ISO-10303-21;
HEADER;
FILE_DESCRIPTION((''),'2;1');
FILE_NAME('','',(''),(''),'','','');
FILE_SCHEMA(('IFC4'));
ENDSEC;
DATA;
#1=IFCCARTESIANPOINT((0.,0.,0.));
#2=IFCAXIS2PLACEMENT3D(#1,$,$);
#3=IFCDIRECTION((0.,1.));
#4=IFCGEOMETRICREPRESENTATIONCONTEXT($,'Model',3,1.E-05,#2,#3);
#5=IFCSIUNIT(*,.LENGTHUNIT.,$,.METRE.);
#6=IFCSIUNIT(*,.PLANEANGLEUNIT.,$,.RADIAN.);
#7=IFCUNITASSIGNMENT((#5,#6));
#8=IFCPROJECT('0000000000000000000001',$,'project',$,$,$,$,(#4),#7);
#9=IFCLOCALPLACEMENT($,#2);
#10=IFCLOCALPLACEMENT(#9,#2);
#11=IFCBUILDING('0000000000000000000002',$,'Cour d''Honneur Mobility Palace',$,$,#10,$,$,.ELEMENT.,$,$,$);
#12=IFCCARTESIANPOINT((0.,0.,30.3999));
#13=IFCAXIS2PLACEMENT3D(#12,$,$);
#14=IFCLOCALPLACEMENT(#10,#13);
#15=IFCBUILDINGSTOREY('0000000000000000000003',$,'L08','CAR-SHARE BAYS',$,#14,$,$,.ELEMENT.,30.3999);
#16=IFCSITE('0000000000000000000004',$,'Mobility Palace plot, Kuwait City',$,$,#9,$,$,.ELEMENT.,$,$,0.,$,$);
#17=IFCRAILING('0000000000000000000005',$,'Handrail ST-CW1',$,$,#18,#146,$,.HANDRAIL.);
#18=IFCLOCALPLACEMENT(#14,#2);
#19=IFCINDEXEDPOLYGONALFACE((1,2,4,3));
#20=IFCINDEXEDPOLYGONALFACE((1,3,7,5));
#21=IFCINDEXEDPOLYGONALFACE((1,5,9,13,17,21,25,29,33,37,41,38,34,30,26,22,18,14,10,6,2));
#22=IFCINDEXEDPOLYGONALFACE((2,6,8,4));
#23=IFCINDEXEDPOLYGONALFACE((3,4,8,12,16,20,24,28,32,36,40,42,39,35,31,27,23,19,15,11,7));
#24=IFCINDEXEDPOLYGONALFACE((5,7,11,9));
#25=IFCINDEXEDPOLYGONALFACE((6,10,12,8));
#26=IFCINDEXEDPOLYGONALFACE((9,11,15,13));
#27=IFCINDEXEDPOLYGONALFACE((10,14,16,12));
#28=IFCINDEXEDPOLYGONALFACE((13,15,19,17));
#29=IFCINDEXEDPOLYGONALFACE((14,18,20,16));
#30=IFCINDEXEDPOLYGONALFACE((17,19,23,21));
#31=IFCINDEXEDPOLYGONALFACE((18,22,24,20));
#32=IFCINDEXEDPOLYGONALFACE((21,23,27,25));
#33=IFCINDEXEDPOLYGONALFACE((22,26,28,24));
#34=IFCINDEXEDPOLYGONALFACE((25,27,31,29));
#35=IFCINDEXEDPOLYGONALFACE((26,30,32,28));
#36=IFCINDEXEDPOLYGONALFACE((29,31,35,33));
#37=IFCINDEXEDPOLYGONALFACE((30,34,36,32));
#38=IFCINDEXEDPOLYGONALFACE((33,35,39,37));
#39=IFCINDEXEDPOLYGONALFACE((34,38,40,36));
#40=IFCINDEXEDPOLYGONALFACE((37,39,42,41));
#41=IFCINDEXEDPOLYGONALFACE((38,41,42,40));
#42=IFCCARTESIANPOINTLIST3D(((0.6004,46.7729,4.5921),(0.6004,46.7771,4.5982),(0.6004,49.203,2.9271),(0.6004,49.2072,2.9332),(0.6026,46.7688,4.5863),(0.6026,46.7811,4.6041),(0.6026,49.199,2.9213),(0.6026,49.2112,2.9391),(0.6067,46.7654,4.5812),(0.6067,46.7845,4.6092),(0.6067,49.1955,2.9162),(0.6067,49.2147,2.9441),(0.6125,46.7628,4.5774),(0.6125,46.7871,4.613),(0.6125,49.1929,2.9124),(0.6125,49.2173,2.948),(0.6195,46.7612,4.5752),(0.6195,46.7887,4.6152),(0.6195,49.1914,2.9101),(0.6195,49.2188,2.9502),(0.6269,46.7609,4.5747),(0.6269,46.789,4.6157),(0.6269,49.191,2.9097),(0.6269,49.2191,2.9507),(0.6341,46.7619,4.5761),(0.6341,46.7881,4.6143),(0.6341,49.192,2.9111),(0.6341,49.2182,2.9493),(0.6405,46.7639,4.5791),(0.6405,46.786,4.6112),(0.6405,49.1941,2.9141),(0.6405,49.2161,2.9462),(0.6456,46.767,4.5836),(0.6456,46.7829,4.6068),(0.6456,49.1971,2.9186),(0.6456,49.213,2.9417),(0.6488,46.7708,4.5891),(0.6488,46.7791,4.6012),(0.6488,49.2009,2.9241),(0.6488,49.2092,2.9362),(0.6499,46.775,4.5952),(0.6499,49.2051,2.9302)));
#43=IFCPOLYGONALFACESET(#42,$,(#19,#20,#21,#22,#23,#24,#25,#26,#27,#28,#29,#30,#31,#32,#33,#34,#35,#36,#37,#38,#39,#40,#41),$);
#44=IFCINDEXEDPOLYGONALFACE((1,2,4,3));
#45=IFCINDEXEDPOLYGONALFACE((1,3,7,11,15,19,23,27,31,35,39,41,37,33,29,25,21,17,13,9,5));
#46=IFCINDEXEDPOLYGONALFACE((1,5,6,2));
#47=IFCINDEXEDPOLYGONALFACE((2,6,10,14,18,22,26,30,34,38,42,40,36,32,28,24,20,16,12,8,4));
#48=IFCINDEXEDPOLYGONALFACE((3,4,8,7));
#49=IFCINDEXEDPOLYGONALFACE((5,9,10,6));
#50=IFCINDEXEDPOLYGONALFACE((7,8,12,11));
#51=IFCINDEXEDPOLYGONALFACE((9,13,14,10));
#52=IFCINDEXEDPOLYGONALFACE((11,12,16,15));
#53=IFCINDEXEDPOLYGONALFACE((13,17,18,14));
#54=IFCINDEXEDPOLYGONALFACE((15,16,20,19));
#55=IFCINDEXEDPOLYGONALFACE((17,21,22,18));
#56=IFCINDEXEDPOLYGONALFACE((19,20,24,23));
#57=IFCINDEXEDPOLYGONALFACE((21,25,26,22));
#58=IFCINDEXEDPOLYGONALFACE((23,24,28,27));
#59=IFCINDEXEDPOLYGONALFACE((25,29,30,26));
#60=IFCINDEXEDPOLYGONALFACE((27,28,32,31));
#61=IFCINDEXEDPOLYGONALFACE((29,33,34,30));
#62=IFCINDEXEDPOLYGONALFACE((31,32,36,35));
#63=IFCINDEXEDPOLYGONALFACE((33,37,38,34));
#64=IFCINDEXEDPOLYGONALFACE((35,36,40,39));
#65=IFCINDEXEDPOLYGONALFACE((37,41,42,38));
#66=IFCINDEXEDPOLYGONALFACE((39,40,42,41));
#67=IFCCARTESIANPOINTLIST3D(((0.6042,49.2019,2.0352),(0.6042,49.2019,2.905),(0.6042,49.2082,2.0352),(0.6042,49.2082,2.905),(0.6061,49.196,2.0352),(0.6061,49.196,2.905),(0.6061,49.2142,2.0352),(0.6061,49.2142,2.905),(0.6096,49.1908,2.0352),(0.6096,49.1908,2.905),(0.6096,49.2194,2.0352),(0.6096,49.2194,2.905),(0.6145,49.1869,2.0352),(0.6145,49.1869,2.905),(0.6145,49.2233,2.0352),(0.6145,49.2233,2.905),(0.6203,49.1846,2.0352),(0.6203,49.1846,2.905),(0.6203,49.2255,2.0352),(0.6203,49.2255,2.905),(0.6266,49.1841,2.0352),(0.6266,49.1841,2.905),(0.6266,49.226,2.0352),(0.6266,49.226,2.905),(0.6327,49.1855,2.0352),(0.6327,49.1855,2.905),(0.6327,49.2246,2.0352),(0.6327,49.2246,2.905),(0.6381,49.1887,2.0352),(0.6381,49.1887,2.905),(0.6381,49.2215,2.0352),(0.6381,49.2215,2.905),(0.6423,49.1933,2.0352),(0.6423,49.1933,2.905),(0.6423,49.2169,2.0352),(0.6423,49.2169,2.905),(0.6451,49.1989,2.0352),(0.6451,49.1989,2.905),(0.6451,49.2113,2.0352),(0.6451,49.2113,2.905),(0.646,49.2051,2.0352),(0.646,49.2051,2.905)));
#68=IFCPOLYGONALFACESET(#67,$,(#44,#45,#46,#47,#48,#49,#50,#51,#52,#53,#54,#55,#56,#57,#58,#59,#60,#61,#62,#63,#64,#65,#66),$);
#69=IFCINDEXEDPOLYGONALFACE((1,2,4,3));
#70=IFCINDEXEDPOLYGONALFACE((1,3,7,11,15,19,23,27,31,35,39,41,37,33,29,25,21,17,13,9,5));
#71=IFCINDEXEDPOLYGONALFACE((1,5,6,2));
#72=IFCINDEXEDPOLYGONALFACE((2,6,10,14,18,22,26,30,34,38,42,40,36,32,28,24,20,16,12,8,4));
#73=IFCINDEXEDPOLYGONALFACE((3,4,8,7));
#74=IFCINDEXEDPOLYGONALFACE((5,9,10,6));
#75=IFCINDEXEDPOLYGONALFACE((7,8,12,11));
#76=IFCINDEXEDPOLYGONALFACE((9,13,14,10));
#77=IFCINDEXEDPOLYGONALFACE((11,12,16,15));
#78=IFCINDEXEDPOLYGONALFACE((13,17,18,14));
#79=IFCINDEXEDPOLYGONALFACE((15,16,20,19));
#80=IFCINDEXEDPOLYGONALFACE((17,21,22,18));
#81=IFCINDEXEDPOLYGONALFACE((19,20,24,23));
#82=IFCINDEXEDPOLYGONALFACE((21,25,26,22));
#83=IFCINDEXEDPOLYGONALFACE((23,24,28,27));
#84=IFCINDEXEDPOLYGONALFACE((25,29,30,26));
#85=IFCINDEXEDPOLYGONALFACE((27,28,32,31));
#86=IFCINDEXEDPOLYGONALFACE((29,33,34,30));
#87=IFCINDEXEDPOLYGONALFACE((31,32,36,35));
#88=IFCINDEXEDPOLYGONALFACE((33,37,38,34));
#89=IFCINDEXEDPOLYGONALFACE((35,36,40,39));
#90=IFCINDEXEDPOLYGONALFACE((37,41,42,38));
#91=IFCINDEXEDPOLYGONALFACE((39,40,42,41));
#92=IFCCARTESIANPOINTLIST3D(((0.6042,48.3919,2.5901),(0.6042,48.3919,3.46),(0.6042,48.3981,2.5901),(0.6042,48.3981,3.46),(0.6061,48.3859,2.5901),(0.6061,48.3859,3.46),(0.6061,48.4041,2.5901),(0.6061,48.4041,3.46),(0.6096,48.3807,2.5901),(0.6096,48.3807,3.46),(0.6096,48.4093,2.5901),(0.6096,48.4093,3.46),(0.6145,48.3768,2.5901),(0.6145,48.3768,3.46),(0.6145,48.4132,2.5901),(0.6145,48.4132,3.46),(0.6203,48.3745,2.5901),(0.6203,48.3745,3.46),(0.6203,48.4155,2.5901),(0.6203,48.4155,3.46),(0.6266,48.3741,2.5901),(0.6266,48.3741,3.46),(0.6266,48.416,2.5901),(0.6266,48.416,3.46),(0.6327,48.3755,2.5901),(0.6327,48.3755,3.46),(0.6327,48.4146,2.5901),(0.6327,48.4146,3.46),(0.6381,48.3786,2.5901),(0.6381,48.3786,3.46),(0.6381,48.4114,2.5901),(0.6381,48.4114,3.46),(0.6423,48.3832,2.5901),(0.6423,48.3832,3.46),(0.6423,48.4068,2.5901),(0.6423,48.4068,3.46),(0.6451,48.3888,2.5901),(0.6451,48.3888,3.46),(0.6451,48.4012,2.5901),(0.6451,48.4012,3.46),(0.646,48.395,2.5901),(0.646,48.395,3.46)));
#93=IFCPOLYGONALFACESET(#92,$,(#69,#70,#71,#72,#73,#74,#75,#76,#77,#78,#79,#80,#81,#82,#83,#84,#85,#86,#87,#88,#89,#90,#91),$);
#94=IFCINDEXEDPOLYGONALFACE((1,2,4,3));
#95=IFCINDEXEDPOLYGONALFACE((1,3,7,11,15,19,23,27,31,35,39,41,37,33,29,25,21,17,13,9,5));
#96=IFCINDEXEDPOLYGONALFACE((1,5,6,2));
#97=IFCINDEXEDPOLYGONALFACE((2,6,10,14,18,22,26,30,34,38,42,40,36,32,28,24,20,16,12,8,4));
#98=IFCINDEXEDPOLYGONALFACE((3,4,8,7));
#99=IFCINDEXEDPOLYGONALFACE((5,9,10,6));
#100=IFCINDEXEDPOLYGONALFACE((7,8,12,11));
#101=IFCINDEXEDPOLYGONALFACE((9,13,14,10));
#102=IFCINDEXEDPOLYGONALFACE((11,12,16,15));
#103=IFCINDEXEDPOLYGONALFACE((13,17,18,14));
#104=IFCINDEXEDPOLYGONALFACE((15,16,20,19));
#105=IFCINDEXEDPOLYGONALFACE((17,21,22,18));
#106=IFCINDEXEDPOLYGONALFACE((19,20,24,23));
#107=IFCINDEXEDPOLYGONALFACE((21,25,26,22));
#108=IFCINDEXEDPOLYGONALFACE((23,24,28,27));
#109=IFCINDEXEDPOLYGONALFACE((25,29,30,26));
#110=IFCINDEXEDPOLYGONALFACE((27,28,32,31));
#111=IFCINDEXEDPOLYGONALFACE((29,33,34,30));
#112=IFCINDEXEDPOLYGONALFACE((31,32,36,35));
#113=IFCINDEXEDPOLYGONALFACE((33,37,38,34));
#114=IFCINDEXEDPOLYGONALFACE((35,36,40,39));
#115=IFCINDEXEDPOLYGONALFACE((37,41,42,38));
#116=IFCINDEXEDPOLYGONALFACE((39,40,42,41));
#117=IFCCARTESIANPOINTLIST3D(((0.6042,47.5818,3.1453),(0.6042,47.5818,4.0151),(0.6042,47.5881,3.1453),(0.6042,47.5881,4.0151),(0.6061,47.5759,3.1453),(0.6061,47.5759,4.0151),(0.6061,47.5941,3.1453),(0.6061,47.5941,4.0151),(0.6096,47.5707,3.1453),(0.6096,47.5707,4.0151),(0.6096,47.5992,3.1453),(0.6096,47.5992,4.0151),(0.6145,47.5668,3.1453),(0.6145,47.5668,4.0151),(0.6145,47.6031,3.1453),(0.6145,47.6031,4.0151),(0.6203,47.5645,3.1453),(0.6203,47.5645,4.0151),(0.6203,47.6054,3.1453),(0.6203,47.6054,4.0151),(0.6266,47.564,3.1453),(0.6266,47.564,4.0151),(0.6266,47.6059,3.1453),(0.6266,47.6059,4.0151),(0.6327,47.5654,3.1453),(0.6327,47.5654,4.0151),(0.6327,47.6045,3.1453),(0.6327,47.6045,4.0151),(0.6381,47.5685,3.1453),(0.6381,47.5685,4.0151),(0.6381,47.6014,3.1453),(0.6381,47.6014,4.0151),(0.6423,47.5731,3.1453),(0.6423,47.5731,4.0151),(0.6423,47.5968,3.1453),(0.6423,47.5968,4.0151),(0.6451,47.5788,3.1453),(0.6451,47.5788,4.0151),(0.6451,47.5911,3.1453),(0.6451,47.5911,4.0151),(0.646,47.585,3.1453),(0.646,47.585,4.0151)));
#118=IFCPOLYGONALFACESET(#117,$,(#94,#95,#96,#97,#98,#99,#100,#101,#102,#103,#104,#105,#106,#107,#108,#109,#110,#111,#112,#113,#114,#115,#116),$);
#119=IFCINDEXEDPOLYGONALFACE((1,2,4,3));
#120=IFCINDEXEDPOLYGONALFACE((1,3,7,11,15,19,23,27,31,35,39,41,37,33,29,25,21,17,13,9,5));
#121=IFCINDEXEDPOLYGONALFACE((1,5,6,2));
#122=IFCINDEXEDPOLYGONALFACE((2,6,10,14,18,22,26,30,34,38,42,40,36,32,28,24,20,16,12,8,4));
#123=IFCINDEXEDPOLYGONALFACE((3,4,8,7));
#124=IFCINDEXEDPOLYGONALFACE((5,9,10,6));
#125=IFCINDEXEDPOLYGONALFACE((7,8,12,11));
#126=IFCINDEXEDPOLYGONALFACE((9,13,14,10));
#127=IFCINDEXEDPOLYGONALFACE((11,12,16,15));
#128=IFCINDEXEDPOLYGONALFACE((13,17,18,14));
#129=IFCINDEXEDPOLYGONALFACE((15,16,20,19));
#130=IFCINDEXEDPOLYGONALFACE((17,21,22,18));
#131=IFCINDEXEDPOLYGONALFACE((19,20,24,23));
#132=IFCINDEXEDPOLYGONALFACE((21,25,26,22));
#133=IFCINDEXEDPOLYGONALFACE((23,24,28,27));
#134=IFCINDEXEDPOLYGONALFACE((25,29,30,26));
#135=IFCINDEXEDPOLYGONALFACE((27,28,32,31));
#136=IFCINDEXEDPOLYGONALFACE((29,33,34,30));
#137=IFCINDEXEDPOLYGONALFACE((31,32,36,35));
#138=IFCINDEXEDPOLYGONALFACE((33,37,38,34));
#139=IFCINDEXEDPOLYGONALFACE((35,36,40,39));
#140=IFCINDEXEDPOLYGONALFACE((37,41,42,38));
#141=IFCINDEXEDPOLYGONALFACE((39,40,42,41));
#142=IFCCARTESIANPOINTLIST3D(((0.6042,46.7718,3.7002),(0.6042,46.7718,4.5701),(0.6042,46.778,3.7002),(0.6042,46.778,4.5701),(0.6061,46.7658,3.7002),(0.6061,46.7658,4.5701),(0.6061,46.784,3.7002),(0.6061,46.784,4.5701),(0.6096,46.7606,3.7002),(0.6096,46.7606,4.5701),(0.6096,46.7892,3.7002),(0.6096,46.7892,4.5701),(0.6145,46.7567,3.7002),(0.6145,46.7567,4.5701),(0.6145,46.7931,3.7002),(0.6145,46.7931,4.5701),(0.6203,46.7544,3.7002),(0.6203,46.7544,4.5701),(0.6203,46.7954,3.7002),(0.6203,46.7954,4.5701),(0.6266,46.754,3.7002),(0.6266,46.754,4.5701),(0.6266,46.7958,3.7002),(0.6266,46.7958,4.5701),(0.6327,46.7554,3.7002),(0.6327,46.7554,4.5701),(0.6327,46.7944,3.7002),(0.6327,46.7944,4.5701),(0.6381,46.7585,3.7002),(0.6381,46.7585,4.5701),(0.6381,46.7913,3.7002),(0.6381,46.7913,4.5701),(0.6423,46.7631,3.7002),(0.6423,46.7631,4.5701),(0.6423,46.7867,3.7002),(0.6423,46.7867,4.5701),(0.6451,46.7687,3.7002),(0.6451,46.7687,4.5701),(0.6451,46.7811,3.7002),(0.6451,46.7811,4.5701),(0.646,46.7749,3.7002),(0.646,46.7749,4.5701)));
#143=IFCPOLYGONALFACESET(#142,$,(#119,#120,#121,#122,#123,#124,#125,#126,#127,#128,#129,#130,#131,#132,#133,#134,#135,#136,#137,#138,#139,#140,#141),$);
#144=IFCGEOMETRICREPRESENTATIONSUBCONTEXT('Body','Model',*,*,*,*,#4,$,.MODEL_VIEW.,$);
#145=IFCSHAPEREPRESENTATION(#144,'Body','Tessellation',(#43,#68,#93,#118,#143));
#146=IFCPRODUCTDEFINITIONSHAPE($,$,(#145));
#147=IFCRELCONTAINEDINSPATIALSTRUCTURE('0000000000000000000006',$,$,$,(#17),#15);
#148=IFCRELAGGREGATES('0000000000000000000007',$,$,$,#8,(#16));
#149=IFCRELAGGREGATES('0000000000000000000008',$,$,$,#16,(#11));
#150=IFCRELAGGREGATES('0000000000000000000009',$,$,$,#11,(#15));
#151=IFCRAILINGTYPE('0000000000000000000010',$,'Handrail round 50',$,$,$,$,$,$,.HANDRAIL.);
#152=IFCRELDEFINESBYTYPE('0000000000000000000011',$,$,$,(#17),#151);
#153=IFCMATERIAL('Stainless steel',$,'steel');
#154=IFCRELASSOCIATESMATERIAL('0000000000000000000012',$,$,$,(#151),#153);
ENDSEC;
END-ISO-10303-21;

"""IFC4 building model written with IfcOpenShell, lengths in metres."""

from ifc_helpers import new_model, si_unit, direction, frame, origin, origin_2d, place, context, subcontext, project, spatial, circle, extrude, material, type_object, element, save


model = new_model("IFC4")

# Units and contexts
model_context = context("Model", 3, precision=1e-05, world=origin(), true_north=direction((0.0, 1.0)))
body_context = subcontext(model_context, "Body", "Model", "MODEL_VIEW")
ifc_project = project(units=[si_unit("LENGTHUNIT", "METRE"), si_unit("PLANEANGLEUNIT", "RADIAN")], contexts=[model_context])

# Site, building, storey
site_placement = place(None, origin())
site = spatial("IfcSite", under=ifc_project, at=site_placement, Name="Mobility Palace plot, Kuwait City", CompositionType="ELEMENT", RefElevation=0.0)
building_placement = place(site_placement, origin())
building = spatial("IfcBuilding", under=site, at=building_placement, Name="Cour d'Honneur Mobility Palace", CompositionType="ELEMENT")
storey_placement = place(building_placement, frame((0.0, 0.0, 30.3999)))
storey = spatial("IfcBuildingStorey", under=building, at=storey_placement, Name="L08", Description="CAR-SHARE BAYS", CompositionType="ELEMENT", Elevation=30.3999)

# Railing
ifc_material_1 = material(Name="Stainless steel", Category="steel")
railing_type_1 = type_object("IfcRailingType", Name="Handrail round 50", PredefinedType="HANDRAIL", material=ifc_material_1)
for number, where, name in (
    (1, (0.625, 49.2051, 2.0352), "Handrail ST-CW1"),
):
    element("IfcRailing", number, at=place(storey_placement, frame(where)), inside=storey, type_object=railing_type_1, Name=name, PredefinedType="HANDRAIL", context=body_context, shape_type="SweptSolid", body=[
        extrude(circle(Radius=0.0249, at=origin_2d()), frame((0.0, 0.0, 0.895), z_axis=(0.0, -0.824945, 0.565213), x_axis=(1.0, 0.0, 0.0)), (0.0, 0.0, 1.0), 2.9458),
        extrude(circle(Radius=0.021, at=origin_2d()), origin(), (0.0, 0.0, 1.0), 0.8699),
        extrude(circle(Radius=0.021, at=origin_2d()), frame((0.0, -0.8101, 0.5549)), (0.0, 0.0, 1.0), 0.8699),
        extrude(circle(Radius=0.021, at=origin_2d()), frame((0.0, -1.6201, 1.1101)), (0.0, 0.0, 1.0), 0.8699),
        extrude(circle(Radius=0.021, at=origin_2d()), frame((0.0, -2.4302, 1.665)), (0.0, 0.0, 1.0), 0.8699),
    ])

save(model, "model.ifc")
